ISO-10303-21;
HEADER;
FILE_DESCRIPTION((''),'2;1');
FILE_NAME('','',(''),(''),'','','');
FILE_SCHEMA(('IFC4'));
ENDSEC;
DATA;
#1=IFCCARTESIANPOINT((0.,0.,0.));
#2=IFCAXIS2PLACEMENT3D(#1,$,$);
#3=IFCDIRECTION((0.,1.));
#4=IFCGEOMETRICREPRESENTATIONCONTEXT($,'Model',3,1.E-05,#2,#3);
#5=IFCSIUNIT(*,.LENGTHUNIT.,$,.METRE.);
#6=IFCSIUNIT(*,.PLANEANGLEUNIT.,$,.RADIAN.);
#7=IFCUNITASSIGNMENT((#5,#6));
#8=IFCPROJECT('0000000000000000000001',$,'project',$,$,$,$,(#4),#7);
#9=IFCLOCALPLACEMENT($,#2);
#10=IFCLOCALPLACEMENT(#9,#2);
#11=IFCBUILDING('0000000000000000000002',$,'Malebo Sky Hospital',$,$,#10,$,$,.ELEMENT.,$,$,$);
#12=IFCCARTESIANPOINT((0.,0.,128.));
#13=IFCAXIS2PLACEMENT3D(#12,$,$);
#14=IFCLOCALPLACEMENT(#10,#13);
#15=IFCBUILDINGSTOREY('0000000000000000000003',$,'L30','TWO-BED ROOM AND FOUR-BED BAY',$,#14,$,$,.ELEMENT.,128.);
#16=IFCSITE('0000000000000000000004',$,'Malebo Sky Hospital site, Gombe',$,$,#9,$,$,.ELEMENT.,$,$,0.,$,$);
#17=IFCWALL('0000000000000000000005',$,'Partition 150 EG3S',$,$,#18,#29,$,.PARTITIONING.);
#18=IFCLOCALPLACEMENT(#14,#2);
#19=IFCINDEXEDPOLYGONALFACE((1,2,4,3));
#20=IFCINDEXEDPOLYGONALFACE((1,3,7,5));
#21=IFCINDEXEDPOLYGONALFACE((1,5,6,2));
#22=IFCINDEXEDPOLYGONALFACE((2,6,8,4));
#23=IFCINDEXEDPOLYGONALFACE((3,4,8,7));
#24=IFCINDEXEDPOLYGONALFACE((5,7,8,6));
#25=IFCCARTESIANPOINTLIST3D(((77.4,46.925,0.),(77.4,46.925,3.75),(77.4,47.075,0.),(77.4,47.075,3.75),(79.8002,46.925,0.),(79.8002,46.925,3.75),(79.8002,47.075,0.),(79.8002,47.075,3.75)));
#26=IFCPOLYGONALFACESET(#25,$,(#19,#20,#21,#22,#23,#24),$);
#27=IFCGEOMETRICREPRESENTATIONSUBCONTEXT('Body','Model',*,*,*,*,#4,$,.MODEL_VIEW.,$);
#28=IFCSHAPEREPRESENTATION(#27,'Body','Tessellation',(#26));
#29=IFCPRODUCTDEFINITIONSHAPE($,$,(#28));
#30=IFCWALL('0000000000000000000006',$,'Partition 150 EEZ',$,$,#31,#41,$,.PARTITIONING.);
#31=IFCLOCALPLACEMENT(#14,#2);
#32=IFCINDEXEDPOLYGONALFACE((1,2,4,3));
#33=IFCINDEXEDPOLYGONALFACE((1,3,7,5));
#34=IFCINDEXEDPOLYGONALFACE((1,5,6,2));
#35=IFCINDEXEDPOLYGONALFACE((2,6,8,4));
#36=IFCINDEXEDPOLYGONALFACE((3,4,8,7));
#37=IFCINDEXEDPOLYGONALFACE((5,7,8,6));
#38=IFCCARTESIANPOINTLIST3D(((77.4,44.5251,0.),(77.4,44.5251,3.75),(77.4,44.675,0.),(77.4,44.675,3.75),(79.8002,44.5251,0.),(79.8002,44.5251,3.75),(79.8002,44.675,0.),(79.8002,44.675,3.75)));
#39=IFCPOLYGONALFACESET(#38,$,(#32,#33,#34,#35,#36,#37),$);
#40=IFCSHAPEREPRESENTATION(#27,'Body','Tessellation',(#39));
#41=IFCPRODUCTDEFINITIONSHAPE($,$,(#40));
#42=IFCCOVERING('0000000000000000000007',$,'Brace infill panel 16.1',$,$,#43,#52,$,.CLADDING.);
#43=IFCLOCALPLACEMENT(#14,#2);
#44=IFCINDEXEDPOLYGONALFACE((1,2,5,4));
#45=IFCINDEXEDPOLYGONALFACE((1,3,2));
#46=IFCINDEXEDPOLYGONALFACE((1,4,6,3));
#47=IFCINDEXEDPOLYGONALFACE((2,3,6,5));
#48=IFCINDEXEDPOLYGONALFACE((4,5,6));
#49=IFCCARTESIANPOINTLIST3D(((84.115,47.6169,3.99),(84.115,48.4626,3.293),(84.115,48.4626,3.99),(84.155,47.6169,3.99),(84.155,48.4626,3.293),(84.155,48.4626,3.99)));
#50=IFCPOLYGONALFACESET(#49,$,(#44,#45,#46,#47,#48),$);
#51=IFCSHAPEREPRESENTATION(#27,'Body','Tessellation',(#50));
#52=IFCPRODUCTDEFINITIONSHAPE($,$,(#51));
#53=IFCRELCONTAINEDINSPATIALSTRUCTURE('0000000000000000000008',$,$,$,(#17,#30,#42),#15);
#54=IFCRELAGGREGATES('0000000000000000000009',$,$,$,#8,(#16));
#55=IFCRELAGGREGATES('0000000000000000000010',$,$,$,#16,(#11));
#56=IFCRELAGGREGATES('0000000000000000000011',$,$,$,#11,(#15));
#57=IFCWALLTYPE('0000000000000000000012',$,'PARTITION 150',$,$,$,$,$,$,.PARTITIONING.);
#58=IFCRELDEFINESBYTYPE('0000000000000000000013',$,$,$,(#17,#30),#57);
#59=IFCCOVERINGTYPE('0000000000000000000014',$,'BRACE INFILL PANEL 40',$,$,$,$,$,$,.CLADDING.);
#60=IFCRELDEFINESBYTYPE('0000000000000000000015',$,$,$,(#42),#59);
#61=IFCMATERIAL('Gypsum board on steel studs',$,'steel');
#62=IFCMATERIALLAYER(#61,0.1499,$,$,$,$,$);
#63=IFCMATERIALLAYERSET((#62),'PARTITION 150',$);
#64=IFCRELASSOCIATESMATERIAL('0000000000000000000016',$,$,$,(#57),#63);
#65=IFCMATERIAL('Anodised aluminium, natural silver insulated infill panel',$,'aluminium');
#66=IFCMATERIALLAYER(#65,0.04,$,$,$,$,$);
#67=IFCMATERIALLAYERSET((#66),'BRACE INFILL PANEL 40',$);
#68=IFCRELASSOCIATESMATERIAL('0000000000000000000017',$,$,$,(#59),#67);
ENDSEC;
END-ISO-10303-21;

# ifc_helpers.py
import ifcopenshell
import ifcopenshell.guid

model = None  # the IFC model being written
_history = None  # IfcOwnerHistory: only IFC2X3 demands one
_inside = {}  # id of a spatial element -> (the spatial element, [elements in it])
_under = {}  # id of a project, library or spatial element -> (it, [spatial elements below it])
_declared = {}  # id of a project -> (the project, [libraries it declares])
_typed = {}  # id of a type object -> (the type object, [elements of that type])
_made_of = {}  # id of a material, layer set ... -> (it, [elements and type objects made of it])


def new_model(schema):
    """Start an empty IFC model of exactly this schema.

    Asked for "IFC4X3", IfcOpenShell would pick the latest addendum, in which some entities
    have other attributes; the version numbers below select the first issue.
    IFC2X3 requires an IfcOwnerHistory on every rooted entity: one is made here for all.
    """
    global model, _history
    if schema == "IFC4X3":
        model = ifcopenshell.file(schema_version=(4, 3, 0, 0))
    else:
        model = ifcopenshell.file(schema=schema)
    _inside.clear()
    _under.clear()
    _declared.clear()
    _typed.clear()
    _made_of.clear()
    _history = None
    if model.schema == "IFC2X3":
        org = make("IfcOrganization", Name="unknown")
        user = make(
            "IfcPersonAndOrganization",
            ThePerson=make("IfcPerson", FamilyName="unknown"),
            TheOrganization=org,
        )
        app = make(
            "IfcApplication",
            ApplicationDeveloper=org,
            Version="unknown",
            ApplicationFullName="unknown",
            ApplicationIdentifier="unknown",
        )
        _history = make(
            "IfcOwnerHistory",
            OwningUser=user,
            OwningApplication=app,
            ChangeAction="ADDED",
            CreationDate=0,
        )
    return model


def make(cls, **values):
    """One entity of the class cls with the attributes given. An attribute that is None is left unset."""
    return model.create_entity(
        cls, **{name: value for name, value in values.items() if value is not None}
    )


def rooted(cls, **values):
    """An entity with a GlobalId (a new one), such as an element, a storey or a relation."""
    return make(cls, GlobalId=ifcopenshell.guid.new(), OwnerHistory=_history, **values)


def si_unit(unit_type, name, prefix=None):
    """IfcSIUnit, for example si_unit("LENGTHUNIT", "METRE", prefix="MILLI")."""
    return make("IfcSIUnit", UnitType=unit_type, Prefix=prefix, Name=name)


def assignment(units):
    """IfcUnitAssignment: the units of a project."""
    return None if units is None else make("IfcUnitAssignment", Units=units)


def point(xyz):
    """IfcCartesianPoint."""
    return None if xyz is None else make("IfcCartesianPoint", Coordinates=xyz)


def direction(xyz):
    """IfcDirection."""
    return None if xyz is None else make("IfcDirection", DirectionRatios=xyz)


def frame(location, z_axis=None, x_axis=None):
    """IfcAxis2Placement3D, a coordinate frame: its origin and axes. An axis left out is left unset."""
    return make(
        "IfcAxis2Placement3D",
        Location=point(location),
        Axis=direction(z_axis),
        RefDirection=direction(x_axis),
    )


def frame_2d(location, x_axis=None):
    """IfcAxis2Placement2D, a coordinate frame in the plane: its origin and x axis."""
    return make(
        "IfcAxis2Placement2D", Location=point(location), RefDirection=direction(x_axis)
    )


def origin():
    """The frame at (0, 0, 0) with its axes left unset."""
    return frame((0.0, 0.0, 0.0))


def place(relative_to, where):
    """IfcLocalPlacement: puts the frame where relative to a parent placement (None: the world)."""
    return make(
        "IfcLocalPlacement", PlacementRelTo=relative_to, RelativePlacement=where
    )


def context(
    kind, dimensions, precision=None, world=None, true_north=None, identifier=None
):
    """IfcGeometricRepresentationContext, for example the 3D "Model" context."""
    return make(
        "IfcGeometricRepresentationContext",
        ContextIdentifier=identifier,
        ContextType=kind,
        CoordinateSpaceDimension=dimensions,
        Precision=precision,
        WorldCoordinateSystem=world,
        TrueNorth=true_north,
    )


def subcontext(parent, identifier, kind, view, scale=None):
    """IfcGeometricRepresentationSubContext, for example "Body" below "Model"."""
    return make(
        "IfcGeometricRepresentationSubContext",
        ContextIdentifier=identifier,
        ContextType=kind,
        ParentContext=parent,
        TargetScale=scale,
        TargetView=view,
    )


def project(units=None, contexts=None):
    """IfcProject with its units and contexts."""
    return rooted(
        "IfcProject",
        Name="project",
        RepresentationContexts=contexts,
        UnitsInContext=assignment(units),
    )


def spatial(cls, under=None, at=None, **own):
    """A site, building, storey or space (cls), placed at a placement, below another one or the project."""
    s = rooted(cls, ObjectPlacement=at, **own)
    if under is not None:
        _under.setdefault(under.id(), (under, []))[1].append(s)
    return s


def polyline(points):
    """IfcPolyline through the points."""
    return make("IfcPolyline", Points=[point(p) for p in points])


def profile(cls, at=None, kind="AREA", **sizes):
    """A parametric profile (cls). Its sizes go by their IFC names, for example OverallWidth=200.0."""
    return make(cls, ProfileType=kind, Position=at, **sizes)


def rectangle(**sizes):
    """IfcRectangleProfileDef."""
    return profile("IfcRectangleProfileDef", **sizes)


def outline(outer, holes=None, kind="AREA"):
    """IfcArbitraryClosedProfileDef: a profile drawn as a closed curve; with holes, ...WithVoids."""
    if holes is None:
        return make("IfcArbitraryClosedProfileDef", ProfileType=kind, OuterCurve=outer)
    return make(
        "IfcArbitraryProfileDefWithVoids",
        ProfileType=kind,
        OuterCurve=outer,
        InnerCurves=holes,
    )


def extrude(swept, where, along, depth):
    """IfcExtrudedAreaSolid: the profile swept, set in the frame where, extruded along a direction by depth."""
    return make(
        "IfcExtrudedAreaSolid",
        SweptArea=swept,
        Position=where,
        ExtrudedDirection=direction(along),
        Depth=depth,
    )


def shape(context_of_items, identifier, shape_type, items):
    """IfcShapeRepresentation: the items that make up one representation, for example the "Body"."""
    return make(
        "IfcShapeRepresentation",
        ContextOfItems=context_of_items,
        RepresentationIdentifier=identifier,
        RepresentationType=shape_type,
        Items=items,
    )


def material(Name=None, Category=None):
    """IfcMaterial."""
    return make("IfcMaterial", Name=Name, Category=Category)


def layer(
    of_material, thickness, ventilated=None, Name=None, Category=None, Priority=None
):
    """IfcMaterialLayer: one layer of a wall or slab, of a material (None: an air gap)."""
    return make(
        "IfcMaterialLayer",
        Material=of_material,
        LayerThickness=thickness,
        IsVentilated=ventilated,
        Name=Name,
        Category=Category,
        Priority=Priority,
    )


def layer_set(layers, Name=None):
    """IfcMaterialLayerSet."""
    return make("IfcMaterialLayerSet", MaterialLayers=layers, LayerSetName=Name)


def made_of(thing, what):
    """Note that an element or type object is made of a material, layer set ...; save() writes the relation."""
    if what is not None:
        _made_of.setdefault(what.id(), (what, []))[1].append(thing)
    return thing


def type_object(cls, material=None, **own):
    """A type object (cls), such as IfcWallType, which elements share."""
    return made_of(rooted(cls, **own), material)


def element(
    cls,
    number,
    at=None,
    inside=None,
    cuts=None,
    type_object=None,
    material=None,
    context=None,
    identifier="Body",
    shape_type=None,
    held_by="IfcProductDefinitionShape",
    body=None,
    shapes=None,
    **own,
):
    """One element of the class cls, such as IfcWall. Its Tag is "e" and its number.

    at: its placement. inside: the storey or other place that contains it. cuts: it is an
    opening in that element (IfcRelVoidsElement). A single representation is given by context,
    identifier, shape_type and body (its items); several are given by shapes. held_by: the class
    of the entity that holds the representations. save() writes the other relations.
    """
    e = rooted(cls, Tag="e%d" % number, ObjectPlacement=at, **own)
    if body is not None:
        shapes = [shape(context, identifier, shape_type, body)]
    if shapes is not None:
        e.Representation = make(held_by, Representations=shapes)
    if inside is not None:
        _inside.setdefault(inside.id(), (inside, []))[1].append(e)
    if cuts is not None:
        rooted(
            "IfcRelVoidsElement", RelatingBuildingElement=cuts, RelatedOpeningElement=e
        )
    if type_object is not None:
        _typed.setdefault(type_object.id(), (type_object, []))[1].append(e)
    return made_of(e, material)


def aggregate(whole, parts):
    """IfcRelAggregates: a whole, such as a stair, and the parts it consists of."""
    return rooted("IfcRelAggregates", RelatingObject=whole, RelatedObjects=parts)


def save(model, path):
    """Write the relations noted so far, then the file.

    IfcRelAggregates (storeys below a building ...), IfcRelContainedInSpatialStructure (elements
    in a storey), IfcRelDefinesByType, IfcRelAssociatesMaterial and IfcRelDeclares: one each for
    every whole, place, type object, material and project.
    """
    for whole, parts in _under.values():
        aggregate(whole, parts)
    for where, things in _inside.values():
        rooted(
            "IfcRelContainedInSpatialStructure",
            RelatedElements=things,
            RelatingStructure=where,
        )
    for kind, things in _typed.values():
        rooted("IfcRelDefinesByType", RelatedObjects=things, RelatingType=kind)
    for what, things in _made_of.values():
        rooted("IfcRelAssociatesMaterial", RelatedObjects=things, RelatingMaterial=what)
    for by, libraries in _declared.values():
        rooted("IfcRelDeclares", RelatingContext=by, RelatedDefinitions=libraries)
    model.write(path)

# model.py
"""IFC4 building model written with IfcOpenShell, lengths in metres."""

from ifc_helpers import new_model, si_unit, direction, frame, frame_2d, origin, place, context, subcontext, project, spatial, polyline, rectangle, outline, extrude, material, layer, layer_set, type_object, element, save


model = new_model("IFC4")

# Units and contexts
model_context = context("Model", 3, precision=1e-05, world=origin(), true_north=direction((0.0, 1.0)))
body_context = subcontext(model_context, "Body", "Model", "MODEL_VIEW")
ifc_project = project(units=[si_unit("LENGTHUNIT", "METRE"), si_unit("PLANEANGLEUNIT", "RADIAN")], contexts=[model_context])

# Site, building, storey
site_placement = place(None, origin())
site = spatial("IfcSite", under=ifc_project, at=site_placement, Name="Malebo Sky Hospital site, Gombe", CompositionType="ELEMENT", RefElevation=0.0)
building_placement = place(site_placement, origin())
building = spatial("IfcBuilding", under=site, at=building_placement, Name="Malebo Sky Hospital", CompositionType="ELEMENT")
storey_placement = place(building_placement, frame((0.0, 0.0, 128.0)))
storey = spatial("IfcBuildingStorey", under=building, at=storey_placement, Name="L30", Description="TWO-BED ROOM AND FOUR-BED BAY", CompositionType="ELEMENT", Elevation=128.0)

# Shared definitions
ifc_material_1 = material(Name="Gypsum board on steel studs", Category="steel")

# Shared definitions
ifc_layer_1 = layer(ifc_material_1, 0.1499)
ifc_layer_set_1 = layer_set([ifc_layer_1], Name="PARTITION 150")
wall_type_1 = type_object("IfcWallType", Name="PARTITION 150", PredefinedType="PARTITIONING", material=ifc_layer_set_1)

# Walls
for number, where, z_axis, x_axis, name in (
    (1, (77.3999, 47.0, 0.0), (0.0, 0.0, 1.0), (1.0, 0.0, 0.0), "Partition 150 EG3S"),
    (2, (77.3999, 44.6001, 0.0), (0.0, 0.0, 1.0), (1.0, 0.0, 0.0), "Partition 150 EEZ"),
):
    element("IfcWall", number, at=place(storey_placement, frame(where, z_axis=z_axis, x_axis=x_axis)), inside=storey, type_object=wall_type_1, Name=name, PredefinedType="PARTITIONING", context=body_context, shape_type="SweptSolid", body=[
        extrude(rectangle(XDim=2.4001, YDim=0.1499, at=frame_2d((1.2002, 0.0))), origin(), (0.0, 0.0, 1.0), 3.75),
    ])

# Covering
ifc_material_2 = material(Name="Anodised aluminium, natural silver insulated infill panel", Category="aluminium")
ifc_layer_2 = layer(ifc_material_2, 0.04)
ifc_layer_set_2 = layer_set([ifc_layer_2], Name="BRACE INFILL PANEL 40")
covering_type = type_object("IfcCoveringType", Name="BRACE INFILL PANEL 40", PredefinedType="CLADDING", material=ifc_layer_set_2)
covering_placement = place(storey_placement, frame((84.135, 48.0398, 3.293), z_axis=(0.0, 0.0, 1.0), x_axis=(0.0, -1.0, 0.0)))
element("IfcCovering", 3, at=covering_placement, inside=storey, type_object=covering_type, Name="Brace infill panel 16.1", PredefinedType="CLADDING", context=body_context, shape_type="SweptSolid", body=[
    extrude(outline(polyline([(-0.4229, 0.0), (0.4229, 0.697), (-0.4229, 0.697), (-0.4229, 0.0)])), frame((0.0, 0.02, 0.0), z_axis=(0.0, -1.0, 0.0), x_axis=(1.0, 0.0, 0.0)), (0.0, 0.0, 1.0), 0.04),
])

save(model, "model.ifc")
